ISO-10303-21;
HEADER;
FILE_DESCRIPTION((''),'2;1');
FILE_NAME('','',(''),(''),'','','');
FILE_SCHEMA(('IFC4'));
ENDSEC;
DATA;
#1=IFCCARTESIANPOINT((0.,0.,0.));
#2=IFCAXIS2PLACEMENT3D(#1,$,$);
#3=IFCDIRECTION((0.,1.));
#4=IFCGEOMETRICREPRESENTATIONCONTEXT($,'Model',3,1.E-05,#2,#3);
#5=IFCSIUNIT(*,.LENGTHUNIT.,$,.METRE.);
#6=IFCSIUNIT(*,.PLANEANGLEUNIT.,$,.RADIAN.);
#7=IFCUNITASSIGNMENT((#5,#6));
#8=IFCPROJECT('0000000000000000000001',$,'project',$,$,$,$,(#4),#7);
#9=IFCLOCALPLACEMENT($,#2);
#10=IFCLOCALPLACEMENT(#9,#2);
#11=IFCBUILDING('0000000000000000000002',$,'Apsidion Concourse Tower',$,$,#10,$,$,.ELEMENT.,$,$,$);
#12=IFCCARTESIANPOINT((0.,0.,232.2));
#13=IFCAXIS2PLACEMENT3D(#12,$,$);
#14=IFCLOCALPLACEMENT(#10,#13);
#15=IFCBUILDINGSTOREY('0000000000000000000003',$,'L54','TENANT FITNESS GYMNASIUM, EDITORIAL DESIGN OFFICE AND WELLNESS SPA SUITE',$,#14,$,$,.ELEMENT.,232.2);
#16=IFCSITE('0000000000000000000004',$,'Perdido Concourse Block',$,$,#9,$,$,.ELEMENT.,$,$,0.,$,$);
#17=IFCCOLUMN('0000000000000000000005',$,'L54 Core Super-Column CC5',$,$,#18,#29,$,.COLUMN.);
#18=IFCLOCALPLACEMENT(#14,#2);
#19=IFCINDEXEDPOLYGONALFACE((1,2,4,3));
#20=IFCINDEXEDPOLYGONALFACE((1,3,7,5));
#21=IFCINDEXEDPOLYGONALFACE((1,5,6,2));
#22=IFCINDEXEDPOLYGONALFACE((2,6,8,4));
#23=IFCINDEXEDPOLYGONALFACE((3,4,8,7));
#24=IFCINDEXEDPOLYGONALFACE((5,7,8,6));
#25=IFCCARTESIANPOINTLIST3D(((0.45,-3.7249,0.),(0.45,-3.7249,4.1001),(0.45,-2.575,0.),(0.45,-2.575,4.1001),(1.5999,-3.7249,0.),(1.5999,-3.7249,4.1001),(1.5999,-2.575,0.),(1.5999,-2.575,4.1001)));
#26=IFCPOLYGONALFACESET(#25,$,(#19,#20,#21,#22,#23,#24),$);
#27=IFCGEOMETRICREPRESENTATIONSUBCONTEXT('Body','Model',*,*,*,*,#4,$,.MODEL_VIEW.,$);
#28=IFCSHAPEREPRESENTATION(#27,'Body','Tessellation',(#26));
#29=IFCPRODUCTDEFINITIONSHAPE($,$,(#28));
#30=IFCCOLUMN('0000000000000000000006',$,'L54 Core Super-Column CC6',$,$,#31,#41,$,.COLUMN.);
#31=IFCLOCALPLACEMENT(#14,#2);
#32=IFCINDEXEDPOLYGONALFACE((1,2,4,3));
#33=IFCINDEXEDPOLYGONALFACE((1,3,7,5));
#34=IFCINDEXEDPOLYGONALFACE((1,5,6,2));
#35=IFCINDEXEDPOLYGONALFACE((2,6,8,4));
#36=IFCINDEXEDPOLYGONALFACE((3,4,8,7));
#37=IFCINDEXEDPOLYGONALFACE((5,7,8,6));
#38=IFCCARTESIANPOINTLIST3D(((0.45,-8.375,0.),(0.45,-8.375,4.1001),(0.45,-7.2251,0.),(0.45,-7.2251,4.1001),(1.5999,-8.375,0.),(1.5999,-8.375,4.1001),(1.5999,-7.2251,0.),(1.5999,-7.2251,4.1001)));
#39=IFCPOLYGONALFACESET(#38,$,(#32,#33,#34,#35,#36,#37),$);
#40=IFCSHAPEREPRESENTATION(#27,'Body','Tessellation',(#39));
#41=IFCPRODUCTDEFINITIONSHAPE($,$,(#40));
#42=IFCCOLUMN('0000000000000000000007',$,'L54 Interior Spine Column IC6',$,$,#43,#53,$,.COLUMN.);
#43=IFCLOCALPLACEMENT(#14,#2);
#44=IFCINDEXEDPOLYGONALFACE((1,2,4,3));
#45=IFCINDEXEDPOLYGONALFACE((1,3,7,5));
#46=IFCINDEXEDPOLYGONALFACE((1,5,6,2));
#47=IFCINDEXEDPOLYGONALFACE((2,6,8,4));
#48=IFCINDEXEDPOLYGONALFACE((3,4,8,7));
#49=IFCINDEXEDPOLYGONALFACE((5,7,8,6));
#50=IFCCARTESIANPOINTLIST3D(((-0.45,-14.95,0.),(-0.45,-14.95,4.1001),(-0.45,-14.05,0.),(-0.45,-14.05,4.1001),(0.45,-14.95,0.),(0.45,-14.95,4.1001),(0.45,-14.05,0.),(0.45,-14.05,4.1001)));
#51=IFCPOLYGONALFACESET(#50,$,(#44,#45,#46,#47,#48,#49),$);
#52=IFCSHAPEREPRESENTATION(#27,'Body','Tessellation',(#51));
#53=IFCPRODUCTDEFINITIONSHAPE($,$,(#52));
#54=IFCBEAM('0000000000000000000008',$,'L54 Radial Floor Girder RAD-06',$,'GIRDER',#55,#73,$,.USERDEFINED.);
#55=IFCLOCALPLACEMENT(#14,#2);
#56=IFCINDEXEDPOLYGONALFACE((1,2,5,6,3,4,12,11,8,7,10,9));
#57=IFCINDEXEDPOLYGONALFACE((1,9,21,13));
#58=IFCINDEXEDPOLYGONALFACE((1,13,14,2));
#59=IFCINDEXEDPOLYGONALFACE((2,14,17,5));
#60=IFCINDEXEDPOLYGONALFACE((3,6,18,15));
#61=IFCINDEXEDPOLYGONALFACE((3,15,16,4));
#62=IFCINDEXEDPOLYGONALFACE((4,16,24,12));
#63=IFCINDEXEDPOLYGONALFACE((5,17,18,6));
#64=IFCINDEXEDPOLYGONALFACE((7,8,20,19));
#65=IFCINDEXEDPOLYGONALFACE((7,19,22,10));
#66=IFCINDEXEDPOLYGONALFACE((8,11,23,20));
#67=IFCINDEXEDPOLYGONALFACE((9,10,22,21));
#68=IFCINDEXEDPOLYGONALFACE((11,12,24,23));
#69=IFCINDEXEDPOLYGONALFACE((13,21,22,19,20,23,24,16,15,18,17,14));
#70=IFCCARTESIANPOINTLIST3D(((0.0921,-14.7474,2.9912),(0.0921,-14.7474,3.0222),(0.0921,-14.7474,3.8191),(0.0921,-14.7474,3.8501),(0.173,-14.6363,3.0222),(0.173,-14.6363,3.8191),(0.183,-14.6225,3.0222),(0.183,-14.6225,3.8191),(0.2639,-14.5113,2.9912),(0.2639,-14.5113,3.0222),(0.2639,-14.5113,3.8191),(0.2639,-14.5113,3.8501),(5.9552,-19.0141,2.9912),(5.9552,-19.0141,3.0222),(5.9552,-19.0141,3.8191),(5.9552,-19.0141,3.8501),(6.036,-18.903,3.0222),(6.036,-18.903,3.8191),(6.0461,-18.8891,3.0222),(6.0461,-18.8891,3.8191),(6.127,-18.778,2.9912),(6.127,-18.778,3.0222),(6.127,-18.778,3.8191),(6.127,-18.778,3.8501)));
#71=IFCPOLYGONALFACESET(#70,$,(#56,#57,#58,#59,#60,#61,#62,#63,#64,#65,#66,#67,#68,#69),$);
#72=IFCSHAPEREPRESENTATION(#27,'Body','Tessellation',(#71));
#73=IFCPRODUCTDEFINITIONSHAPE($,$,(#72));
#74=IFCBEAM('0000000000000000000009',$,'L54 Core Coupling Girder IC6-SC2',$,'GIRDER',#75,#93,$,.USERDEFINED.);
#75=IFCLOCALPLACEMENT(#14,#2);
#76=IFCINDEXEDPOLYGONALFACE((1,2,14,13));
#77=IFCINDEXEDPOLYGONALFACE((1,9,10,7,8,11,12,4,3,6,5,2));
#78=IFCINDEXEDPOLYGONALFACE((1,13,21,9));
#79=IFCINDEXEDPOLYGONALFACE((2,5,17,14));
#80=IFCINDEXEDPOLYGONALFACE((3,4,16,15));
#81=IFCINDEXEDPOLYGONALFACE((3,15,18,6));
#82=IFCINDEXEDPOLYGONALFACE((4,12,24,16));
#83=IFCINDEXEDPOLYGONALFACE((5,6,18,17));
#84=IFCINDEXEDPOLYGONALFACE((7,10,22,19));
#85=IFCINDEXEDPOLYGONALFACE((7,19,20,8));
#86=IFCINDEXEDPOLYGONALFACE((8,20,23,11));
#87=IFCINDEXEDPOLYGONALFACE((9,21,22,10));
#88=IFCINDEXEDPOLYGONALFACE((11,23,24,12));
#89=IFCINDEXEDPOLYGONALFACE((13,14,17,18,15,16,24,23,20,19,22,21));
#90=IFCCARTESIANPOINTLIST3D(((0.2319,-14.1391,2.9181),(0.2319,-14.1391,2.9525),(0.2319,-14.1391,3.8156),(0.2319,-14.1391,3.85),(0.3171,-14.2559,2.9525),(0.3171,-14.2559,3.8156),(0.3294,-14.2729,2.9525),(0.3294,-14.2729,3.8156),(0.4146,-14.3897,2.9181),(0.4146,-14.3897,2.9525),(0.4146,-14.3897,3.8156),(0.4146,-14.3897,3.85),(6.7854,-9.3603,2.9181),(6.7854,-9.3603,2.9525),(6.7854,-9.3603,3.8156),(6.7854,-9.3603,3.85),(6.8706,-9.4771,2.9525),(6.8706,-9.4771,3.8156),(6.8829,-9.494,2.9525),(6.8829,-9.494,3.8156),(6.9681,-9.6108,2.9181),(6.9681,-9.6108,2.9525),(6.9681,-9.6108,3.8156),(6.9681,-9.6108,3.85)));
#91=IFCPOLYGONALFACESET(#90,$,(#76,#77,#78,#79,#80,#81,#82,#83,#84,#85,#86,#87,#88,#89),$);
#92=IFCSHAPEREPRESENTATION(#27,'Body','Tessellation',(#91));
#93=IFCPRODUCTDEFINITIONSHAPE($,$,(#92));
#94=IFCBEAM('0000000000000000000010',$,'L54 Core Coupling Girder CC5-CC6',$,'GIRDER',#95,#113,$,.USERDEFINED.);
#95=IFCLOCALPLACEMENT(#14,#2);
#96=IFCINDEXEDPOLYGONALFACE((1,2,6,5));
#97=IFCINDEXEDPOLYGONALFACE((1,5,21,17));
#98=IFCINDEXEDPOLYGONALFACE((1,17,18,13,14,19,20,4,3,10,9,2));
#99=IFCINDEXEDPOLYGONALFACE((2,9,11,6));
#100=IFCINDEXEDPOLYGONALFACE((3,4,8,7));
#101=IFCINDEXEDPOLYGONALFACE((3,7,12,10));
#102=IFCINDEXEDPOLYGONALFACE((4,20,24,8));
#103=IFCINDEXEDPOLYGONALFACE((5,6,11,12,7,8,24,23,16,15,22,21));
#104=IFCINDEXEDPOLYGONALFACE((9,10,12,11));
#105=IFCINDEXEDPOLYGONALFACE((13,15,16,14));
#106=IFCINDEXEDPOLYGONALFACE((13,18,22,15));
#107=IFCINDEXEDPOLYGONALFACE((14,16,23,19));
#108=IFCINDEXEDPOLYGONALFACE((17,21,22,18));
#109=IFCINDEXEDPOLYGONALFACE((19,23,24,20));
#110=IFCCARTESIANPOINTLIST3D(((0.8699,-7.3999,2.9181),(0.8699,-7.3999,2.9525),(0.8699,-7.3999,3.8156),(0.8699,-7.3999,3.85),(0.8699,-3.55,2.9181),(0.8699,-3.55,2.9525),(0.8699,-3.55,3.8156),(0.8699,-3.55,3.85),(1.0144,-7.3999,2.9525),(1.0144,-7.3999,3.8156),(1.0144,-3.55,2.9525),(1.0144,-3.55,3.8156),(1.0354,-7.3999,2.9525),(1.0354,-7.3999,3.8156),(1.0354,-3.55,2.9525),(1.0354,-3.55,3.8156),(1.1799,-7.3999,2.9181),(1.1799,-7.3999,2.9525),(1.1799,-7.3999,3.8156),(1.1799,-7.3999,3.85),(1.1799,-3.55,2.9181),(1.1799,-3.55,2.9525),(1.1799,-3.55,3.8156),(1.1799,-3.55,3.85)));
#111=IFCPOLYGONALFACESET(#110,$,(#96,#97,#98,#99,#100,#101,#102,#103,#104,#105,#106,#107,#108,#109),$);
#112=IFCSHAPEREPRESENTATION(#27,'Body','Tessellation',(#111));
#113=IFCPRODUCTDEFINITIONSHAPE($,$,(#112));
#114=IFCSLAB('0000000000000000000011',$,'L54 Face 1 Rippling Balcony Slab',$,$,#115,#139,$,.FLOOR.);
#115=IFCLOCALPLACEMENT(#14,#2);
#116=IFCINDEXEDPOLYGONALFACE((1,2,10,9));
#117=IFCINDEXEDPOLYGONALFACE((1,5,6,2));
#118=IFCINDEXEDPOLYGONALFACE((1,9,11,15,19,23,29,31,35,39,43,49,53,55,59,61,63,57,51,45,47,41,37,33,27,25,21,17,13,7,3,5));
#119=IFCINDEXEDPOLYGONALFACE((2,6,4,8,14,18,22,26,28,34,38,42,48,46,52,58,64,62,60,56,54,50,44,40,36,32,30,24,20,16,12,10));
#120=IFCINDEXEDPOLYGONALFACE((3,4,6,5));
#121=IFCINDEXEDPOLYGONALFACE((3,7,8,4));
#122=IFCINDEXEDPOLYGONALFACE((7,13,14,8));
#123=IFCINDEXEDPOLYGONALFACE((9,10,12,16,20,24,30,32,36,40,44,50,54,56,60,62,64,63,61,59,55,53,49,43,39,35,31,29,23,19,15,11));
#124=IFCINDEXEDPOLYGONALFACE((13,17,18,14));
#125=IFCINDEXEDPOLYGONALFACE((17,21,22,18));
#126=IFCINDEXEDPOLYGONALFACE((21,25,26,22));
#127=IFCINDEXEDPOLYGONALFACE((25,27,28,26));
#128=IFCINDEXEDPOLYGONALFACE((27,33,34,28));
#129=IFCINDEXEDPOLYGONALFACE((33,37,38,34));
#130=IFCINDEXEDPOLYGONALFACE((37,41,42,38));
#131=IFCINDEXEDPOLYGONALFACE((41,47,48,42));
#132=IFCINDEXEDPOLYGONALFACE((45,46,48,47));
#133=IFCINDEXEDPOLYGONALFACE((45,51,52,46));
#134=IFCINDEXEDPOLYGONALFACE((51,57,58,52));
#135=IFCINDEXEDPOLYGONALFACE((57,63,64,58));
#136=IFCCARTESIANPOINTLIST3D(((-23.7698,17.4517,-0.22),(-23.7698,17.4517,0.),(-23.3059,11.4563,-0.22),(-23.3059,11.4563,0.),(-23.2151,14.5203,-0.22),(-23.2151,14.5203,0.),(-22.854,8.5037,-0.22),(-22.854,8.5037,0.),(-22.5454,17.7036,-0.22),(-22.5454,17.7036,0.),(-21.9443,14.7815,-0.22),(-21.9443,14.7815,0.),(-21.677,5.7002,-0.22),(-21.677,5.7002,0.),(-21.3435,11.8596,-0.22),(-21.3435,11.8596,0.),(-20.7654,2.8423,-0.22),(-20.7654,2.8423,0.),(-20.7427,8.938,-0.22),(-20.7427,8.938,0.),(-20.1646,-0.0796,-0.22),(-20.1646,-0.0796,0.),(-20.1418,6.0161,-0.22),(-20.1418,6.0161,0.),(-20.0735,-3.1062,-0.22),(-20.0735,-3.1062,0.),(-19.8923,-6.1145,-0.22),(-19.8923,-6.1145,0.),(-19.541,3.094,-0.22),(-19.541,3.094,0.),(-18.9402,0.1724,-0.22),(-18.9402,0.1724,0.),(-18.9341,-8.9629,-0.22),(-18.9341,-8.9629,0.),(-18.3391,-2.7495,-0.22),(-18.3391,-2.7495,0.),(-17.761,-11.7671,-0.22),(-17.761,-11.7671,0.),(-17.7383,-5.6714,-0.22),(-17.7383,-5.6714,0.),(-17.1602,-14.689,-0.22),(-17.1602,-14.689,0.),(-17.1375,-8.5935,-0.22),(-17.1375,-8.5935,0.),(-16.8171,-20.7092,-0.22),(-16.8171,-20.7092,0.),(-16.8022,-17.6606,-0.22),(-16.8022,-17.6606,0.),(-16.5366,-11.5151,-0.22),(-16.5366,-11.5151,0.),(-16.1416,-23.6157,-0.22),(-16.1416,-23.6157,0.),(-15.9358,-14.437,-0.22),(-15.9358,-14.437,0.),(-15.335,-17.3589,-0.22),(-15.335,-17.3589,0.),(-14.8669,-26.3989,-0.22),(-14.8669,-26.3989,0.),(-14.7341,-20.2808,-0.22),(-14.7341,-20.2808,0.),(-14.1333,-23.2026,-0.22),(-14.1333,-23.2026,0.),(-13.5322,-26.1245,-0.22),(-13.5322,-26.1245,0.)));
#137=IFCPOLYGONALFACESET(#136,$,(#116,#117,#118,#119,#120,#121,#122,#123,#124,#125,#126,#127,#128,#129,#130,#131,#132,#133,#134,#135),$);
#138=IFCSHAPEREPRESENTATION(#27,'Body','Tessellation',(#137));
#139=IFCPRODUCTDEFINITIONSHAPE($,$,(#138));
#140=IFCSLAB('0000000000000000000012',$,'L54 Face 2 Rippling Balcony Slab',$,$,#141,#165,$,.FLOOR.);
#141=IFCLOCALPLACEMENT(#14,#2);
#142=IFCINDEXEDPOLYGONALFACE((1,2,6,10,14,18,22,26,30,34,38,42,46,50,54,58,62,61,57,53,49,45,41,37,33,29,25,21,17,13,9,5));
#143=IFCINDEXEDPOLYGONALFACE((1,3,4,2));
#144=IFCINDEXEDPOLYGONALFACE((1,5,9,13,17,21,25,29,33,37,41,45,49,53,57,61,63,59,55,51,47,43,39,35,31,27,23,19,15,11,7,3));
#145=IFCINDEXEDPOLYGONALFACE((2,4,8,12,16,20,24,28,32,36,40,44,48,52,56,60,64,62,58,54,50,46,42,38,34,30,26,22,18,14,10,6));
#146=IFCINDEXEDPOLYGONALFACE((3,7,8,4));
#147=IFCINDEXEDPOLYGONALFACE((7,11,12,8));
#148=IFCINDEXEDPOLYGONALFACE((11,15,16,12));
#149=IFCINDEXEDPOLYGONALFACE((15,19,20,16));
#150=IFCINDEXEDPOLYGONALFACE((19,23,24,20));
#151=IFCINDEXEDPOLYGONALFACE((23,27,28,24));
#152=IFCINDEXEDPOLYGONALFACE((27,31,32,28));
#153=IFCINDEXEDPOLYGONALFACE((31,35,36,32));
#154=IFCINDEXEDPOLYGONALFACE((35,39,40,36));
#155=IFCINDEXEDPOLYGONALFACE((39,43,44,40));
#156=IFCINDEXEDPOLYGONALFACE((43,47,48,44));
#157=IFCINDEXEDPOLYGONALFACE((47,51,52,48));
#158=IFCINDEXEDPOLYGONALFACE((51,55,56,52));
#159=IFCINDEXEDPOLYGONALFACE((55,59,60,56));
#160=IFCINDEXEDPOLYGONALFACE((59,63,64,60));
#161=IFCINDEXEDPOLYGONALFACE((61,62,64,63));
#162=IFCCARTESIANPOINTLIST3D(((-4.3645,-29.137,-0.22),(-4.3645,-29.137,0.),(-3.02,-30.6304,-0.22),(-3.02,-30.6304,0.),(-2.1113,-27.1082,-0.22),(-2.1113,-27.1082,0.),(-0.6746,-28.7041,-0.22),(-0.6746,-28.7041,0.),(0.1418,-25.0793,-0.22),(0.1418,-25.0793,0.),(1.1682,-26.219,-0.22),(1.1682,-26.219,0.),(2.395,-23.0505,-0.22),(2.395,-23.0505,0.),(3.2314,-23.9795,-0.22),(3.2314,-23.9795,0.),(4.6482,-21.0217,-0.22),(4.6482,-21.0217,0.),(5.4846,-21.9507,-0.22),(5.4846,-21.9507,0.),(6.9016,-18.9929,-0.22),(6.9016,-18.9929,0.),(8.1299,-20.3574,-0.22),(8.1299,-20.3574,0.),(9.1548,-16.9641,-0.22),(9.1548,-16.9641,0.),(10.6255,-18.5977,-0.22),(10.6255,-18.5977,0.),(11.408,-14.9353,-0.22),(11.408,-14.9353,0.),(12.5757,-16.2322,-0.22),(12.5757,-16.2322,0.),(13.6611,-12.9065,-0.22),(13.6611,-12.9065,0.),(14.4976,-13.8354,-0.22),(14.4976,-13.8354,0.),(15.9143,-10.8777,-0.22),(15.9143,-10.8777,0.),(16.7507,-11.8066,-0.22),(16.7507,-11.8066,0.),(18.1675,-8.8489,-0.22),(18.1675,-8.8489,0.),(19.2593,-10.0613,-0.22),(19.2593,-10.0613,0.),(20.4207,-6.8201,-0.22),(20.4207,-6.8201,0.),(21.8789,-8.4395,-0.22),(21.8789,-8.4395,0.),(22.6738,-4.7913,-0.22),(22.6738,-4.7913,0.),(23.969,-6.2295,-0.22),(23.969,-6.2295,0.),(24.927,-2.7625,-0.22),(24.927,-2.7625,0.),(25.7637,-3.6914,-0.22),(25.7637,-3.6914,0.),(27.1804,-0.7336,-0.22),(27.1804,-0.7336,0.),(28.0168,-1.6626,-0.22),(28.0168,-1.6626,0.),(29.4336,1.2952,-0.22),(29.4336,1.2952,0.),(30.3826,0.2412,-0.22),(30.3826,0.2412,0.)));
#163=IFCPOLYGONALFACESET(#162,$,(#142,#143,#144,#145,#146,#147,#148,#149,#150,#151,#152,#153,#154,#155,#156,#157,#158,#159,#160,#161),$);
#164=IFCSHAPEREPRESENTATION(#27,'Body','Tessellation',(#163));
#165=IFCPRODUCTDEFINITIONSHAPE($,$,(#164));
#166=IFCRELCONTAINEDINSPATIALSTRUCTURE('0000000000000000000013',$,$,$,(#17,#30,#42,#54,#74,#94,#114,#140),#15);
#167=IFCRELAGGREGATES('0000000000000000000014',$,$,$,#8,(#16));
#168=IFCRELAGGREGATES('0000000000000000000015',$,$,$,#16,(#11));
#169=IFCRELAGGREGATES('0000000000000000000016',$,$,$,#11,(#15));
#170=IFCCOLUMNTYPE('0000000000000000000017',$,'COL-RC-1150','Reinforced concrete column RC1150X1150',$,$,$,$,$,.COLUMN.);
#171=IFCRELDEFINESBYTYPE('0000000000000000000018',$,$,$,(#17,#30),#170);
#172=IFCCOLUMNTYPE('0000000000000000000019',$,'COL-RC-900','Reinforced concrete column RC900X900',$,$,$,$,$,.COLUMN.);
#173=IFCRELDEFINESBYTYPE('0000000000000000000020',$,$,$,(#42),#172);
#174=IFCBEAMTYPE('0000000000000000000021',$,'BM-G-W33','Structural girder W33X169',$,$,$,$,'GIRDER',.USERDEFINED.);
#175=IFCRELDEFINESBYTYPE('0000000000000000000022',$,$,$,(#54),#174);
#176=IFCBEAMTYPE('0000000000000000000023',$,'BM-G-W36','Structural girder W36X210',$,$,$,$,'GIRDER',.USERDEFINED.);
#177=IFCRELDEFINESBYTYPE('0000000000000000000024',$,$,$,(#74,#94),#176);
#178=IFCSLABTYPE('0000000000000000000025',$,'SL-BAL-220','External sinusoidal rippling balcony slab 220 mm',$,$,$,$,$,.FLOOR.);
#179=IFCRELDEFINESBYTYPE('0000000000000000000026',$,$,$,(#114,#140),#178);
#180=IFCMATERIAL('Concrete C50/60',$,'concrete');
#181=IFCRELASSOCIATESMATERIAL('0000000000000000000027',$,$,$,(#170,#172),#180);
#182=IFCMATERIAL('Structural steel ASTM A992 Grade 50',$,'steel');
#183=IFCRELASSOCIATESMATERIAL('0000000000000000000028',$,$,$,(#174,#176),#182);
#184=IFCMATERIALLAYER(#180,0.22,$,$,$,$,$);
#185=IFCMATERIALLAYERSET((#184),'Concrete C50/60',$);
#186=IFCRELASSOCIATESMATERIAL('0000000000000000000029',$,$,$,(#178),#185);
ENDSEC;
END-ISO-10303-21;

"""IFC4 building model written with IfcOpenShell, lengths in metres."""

from ifc_helpers import new_model, si_unit, direction, frame, origin, origin_2d, place, context, subcontext, project, spatial, polyline, rectangle, i_section, outline, extrude, material, layer, layer_set, material_profile, profile_set, type_object, element, save


model = new_model("IFC4")

# Units and contexts
model_context = context("Model", 3, precision=1e-05, world=origin(), true_north=direction((0.0, 1.0)))
body_context = subcontext(model_context, "Body", "Model", "MODEL_VIEW")
ifc_project = project(units=[si_unit("LENGTHUNIT", "METRE"), si_unit("PLANEANGLEUNIT", "RADIAN")], contexts=[model_context])

# Site, building, storey
site_placement = place(None, origin())
site = spatial("IfcSite", under=ifc_project, at=site_placement, Name="Perdido Concourse Block", CompositionType="ELEMENT", RefElevation=0.0)
building_placement = place(site_placement, origin())
building = spatial("IfcBuilding", under=site, at=building_placement, Name="Apsidion Concourse Tower", CompositionType="ELEMENT")
storey_placement = place(building_placement, frame((0.0, 0.0, 232.2)))
storey = spatial("IfcBuildingStorey", under=building, at=storey_placement, Name="L54", Description="TENANT FITNESS GYMNASIUM, EDITORIAL DESIGN OFFICE AND WELLNESS SPA SUITE", CompositionType="ELEMENT", Elevation=232.2)

# Columns
ifc_material_1 = material(Name="Concrete C50/60", Category="concrete")
ifc_material_profile_1 = material_profile(ifc_material_1, rectangle(XDim=1.1499, YDim=1.1499, at=origin_2d()), Name="RC 1150x1150")
ifc_profile_set_1 = profile_set([ifc_material_profile_1], Name="Concrete C50/60")
column_type_1 = type_object("IfcColumnType", Name="COL-RC-1150", Description="Reinforced concrete column RC1150X1150", PredefinedType="COLUMN", material=ifc_profile_set_1)
for number, where, z_axis, x_axis, name in (
    (1, (1.0249, -3.1499, 0.0), (0.0, 0.0, 1.0), (1.0, 0.0, 0.0), "L54 Core Super-Column CC5"),
    (2, (1.0249, -7.8, 0.0), (0.0, 0.0, 1.0), (1.0, 0.0, 0.0), "L54 Core Super-Column CC6"),
):
    element("IfcColumn", number, at=place(storey_placement, frame(where, z_axis=z_axis, x_axis=x_axis)), inside=storey, type_object=column_type_1, Name=name, PredefinedType="COLUMN", context=body_context, shape_type="SweptSolid", body=[
        extrude(rectangle(XDim=1.1499, YDim=1.1499, at=origin_2d()), origin(), (0.0, 0.0, 1.0), 4.1001),
    ])
ifc_material_profile_2 = material_profile(ifc_material_1, rectangle(XDim=0.8999, YDim=0.8999, at=origin_2d()), Name="RC 900x900")
ifc_profile_set_2 = profile_set([ifc_material_profile_2], Name="Concrete C50/60")
column_type_2 = type_object("IfcColumnType", Name="COL-RC-900", Description="Reinforced concrete column RC900X900", PredefinedType="COLUMN", material=ifc_profile_set_2)
column_placement = place(storey_placement, frame((0.0, -14.5, 0.0), z_axis=(0.0, 0.0, 1.0), x_axis=(1.0, 0.0, 0.0)))
element("IfcColumn", 3, at=column_placement, inside=storey, type_object=column_type_2, Name="L54 Interior Spine Column IC6", PredefinedType="COLUMN", context=body_context, shape_type="SweptSolid", body=[
    extrude(rectangle(XDim=0.8999, YDim=0.8999, at=origin_2d()), origin(), (0.0, 0.0, 1.0), 4.1001),
])

# Beams
ifc_material_2 = material(Name="Structural steel ASTM A992 Grade 50", Category="steel")
ifc_material_profile_3 = material_profile(ifc_material_2, i_section(OverallWidth=0.292, OverallDepth=0.8589, WebThickness=0.0171, FlangeThickness=0.031, at=origin_2d()), Name="W33X169")
ifc_profile_set_3 = profile_set([ifc_material_profile_3], Name="Structural steel ASTM A992 Grade 50")
beam_type_1 = type_object("IfcBeamType", Name="BM-G-W33", Description="Structural girder W33X169", ElementType="GIRDER", PredefinedType="USERDEFINED", material=ifc_profile_set_3)
beam_1_placement = place(storey_placement, frame((0.178, -14.6294, 3.4207), z_axis=(0.808567, -0.588404, 0.0), x_axis=(0.588404, 0.808567, 0.0)))
element("IfcBeam", 4, at=beam_1_placement, inside=storey, type_object=beam_type_1, Name="L54 Radial Floor Girder RAD-06", ObjectType="GIRDER", PredefinedType="USERDEFINED", context=body_context, shape_type="SweptSolid", body=[
    extrude(i_section(OverallWidth=0.292, OverallDepth=0.8589, WebThickness=0.0171, FlangeThickness=0.031, at=origin_2d()), origin(), (0.0, 0.0, 1.0), 7.2512),
])
ifc_material_profile_4 = material_profile(ifc_material_2, i_section(OverallWidth=0.3101, OverallDepth=0.9319, WebThickness=0.021, FlangeThickness=0.0344, at=origin_2d()), Name="W36X210")
ifc_profile_set_4 = profile_set([ifc_material_profile_4], Name="Structural steel ASTM A992 Grade 50")
beam_type_2 = type_object("IfcBeamType", Name="BM-G-W36", Description="Structural girder W36X210", ElementType="GIRDER", PredefinedType="USERDEFINED", material=ifc_profile_set_4)
beam_2_placement = place(storey_placement, frame((0.3232, -14.2644, 3.384), z_axis=(0.807993, 0.589191, 0.0), x_axis=(-0.589191, 0.807993, 0.0)))
element("IfcBeam", 5, at=beam_2_placement, inside=storey, type_object=beam_type_2, Name="L54 Core Coupling Girder IC6-SC2", ObjectType="GIRDER", PredefinedType="USERDEFINED", context=body_context, shape_type="SweptSolid", body=[
    extrude(i_section(OverallWidth=0.3101, OverallDepth=0.9319, WebThickness=0.021, FlangeThickness=0.0344, at=origin_2d()), origin(), (0.0, 0.0, 1.0), 8.1108),
])
beam_3_placement = place(storey_placement, frame((1.0249, -3.55, 3.384), z_axis=(0.0, -1.0, 0.0), x_axis=(1.0, 0.0, 0.0)))
element("IfcBeam", 6, at=beam_3_placement, inside=storey, type_object=beam_type_2, Name="L54 Core Coupling Girder CC5-CC6", ObjectType="GIRDER", PredefinedType="USERDEFINED", context=body_context, shape_type="SweptSolid", body=[
    extrude(i_section(OverallWidth=0.3101, OverallDepth=0.9319, WebThickness=0.021, FlangeThickness=0.0344, at=origin_2d()), origin(), (0.0, 0.0, 1.0), 3.8499),
])

# Slabs
ifc_layer_1 = layer(ifc_material_1, 0.22)
ifc_layer_set_1 = layer_set([ifc_layer_1], Name="Concrete C50/60")
slab_type_1 = type_object("IfcSlabType", Name="SL-BAL-220", Description="External sinusoidal rippling balcony slab 220 mm", PredefinedType="FLOOR", material=ifc_layer_set_1)
slab_1_placement = place(storey_placement, frame((0.0, 0.0, -0.22)))
element("IfcSlab", 7, at=slab_1_placement, inside=storey, type_object=slab_type_1, Name="L54 Face 1 Rippling Balcony Slab", PredefinedType="FLOOR", context=body_context, shape_type="SweptSolid", body=[
    extrude(outline(polyline([(-22.5454, 17.7036), (-21.9443, 14.7815), (-21.3435, 11.8596), (-20.7427, 8.938), (-20.1418, 6.0161), (-19.541, 3.094), (-18.9402, 0.1724), (-18.3391, -2.7495), (-17.7383, -5.6714), (-17.1375, -8.5935), (-16.5366, -11.5151), (-15.9358, -14.437), (-15.335, -17.3589), (-14.7341, -20.2808), (-14.1333, -23.2026), (-13.5322, -26.1245), (-14.8669, -26.3989), (-16.1416, -23.6157), (-16.8171, -20.7092), (-16.8022, -17.6606), (-17.1602, -14.689), (-17.761, -11.7671), (-18.9341, -8.9629), (-19.8923, -6.1145), (-20.0735, -3.1062), (-20.1646, -0.0796), (-20.7654, 2.8423), (-21.677, 5.7002), (-22.854, 8.5037), (-23.3059, 11.4563), (-23.2151, 14.5203), (-23.7698, 17.4517), (-22.5454, 17.7036)])), origin(), (0.0, 0.0, 1.0), 0.22),
])
slab_2_placement = place(storey_placement, frame((0.0, 0.0, -0.22)))
element("IfcSlab", 8, at=slab_2_placement, inside=storey, type_object=slab_type_1, Name="L54 Face 2 Rippling Balcony Slab", PredefinedType="FLOOR", context=body_context, shape_type="SweptSolid", body=[
    extrude(outline(polyline([(-4.3645, -29.137), (-2.1113, -27.1082), (0.1418, -25.0793), (2.395, -23.0505), (4.6482, -21.0217), (6.9016, -18.9929), (9.1548, -16.9641), (11.408, -14.9353), (13.6611, -12.9065), (15.9143, -10.8777), (18.1675, -8.8489), (20.4207, -6.8201), (22.6738, -4.7913), (24.927, -2.7625), (27.1804, -0.7336), (29.4336, 1.2952), (30.3826, 0.2412), (28.0168, -1.6626), (25.7637, -3.6914), (23.969, -6.2295), (21.8789, -8.4395), (19.2593, -10.0613), (16.7507, -11.8066), (14.4976, -13.8354), (12.5757, -16.2322), (10.6255, -18.5977), (8.1299, -20.3574), (5.4846, -21.9507), (3.2314, -23.9795), (1.1682, -26.219), (-0.6746, -28.7041), (-3.02, -30.6304), (-4.3645, -29.137)])), origin(), (0.0, 0.0, 1.0), 0.22),
])

save(model, "model.ifc")
